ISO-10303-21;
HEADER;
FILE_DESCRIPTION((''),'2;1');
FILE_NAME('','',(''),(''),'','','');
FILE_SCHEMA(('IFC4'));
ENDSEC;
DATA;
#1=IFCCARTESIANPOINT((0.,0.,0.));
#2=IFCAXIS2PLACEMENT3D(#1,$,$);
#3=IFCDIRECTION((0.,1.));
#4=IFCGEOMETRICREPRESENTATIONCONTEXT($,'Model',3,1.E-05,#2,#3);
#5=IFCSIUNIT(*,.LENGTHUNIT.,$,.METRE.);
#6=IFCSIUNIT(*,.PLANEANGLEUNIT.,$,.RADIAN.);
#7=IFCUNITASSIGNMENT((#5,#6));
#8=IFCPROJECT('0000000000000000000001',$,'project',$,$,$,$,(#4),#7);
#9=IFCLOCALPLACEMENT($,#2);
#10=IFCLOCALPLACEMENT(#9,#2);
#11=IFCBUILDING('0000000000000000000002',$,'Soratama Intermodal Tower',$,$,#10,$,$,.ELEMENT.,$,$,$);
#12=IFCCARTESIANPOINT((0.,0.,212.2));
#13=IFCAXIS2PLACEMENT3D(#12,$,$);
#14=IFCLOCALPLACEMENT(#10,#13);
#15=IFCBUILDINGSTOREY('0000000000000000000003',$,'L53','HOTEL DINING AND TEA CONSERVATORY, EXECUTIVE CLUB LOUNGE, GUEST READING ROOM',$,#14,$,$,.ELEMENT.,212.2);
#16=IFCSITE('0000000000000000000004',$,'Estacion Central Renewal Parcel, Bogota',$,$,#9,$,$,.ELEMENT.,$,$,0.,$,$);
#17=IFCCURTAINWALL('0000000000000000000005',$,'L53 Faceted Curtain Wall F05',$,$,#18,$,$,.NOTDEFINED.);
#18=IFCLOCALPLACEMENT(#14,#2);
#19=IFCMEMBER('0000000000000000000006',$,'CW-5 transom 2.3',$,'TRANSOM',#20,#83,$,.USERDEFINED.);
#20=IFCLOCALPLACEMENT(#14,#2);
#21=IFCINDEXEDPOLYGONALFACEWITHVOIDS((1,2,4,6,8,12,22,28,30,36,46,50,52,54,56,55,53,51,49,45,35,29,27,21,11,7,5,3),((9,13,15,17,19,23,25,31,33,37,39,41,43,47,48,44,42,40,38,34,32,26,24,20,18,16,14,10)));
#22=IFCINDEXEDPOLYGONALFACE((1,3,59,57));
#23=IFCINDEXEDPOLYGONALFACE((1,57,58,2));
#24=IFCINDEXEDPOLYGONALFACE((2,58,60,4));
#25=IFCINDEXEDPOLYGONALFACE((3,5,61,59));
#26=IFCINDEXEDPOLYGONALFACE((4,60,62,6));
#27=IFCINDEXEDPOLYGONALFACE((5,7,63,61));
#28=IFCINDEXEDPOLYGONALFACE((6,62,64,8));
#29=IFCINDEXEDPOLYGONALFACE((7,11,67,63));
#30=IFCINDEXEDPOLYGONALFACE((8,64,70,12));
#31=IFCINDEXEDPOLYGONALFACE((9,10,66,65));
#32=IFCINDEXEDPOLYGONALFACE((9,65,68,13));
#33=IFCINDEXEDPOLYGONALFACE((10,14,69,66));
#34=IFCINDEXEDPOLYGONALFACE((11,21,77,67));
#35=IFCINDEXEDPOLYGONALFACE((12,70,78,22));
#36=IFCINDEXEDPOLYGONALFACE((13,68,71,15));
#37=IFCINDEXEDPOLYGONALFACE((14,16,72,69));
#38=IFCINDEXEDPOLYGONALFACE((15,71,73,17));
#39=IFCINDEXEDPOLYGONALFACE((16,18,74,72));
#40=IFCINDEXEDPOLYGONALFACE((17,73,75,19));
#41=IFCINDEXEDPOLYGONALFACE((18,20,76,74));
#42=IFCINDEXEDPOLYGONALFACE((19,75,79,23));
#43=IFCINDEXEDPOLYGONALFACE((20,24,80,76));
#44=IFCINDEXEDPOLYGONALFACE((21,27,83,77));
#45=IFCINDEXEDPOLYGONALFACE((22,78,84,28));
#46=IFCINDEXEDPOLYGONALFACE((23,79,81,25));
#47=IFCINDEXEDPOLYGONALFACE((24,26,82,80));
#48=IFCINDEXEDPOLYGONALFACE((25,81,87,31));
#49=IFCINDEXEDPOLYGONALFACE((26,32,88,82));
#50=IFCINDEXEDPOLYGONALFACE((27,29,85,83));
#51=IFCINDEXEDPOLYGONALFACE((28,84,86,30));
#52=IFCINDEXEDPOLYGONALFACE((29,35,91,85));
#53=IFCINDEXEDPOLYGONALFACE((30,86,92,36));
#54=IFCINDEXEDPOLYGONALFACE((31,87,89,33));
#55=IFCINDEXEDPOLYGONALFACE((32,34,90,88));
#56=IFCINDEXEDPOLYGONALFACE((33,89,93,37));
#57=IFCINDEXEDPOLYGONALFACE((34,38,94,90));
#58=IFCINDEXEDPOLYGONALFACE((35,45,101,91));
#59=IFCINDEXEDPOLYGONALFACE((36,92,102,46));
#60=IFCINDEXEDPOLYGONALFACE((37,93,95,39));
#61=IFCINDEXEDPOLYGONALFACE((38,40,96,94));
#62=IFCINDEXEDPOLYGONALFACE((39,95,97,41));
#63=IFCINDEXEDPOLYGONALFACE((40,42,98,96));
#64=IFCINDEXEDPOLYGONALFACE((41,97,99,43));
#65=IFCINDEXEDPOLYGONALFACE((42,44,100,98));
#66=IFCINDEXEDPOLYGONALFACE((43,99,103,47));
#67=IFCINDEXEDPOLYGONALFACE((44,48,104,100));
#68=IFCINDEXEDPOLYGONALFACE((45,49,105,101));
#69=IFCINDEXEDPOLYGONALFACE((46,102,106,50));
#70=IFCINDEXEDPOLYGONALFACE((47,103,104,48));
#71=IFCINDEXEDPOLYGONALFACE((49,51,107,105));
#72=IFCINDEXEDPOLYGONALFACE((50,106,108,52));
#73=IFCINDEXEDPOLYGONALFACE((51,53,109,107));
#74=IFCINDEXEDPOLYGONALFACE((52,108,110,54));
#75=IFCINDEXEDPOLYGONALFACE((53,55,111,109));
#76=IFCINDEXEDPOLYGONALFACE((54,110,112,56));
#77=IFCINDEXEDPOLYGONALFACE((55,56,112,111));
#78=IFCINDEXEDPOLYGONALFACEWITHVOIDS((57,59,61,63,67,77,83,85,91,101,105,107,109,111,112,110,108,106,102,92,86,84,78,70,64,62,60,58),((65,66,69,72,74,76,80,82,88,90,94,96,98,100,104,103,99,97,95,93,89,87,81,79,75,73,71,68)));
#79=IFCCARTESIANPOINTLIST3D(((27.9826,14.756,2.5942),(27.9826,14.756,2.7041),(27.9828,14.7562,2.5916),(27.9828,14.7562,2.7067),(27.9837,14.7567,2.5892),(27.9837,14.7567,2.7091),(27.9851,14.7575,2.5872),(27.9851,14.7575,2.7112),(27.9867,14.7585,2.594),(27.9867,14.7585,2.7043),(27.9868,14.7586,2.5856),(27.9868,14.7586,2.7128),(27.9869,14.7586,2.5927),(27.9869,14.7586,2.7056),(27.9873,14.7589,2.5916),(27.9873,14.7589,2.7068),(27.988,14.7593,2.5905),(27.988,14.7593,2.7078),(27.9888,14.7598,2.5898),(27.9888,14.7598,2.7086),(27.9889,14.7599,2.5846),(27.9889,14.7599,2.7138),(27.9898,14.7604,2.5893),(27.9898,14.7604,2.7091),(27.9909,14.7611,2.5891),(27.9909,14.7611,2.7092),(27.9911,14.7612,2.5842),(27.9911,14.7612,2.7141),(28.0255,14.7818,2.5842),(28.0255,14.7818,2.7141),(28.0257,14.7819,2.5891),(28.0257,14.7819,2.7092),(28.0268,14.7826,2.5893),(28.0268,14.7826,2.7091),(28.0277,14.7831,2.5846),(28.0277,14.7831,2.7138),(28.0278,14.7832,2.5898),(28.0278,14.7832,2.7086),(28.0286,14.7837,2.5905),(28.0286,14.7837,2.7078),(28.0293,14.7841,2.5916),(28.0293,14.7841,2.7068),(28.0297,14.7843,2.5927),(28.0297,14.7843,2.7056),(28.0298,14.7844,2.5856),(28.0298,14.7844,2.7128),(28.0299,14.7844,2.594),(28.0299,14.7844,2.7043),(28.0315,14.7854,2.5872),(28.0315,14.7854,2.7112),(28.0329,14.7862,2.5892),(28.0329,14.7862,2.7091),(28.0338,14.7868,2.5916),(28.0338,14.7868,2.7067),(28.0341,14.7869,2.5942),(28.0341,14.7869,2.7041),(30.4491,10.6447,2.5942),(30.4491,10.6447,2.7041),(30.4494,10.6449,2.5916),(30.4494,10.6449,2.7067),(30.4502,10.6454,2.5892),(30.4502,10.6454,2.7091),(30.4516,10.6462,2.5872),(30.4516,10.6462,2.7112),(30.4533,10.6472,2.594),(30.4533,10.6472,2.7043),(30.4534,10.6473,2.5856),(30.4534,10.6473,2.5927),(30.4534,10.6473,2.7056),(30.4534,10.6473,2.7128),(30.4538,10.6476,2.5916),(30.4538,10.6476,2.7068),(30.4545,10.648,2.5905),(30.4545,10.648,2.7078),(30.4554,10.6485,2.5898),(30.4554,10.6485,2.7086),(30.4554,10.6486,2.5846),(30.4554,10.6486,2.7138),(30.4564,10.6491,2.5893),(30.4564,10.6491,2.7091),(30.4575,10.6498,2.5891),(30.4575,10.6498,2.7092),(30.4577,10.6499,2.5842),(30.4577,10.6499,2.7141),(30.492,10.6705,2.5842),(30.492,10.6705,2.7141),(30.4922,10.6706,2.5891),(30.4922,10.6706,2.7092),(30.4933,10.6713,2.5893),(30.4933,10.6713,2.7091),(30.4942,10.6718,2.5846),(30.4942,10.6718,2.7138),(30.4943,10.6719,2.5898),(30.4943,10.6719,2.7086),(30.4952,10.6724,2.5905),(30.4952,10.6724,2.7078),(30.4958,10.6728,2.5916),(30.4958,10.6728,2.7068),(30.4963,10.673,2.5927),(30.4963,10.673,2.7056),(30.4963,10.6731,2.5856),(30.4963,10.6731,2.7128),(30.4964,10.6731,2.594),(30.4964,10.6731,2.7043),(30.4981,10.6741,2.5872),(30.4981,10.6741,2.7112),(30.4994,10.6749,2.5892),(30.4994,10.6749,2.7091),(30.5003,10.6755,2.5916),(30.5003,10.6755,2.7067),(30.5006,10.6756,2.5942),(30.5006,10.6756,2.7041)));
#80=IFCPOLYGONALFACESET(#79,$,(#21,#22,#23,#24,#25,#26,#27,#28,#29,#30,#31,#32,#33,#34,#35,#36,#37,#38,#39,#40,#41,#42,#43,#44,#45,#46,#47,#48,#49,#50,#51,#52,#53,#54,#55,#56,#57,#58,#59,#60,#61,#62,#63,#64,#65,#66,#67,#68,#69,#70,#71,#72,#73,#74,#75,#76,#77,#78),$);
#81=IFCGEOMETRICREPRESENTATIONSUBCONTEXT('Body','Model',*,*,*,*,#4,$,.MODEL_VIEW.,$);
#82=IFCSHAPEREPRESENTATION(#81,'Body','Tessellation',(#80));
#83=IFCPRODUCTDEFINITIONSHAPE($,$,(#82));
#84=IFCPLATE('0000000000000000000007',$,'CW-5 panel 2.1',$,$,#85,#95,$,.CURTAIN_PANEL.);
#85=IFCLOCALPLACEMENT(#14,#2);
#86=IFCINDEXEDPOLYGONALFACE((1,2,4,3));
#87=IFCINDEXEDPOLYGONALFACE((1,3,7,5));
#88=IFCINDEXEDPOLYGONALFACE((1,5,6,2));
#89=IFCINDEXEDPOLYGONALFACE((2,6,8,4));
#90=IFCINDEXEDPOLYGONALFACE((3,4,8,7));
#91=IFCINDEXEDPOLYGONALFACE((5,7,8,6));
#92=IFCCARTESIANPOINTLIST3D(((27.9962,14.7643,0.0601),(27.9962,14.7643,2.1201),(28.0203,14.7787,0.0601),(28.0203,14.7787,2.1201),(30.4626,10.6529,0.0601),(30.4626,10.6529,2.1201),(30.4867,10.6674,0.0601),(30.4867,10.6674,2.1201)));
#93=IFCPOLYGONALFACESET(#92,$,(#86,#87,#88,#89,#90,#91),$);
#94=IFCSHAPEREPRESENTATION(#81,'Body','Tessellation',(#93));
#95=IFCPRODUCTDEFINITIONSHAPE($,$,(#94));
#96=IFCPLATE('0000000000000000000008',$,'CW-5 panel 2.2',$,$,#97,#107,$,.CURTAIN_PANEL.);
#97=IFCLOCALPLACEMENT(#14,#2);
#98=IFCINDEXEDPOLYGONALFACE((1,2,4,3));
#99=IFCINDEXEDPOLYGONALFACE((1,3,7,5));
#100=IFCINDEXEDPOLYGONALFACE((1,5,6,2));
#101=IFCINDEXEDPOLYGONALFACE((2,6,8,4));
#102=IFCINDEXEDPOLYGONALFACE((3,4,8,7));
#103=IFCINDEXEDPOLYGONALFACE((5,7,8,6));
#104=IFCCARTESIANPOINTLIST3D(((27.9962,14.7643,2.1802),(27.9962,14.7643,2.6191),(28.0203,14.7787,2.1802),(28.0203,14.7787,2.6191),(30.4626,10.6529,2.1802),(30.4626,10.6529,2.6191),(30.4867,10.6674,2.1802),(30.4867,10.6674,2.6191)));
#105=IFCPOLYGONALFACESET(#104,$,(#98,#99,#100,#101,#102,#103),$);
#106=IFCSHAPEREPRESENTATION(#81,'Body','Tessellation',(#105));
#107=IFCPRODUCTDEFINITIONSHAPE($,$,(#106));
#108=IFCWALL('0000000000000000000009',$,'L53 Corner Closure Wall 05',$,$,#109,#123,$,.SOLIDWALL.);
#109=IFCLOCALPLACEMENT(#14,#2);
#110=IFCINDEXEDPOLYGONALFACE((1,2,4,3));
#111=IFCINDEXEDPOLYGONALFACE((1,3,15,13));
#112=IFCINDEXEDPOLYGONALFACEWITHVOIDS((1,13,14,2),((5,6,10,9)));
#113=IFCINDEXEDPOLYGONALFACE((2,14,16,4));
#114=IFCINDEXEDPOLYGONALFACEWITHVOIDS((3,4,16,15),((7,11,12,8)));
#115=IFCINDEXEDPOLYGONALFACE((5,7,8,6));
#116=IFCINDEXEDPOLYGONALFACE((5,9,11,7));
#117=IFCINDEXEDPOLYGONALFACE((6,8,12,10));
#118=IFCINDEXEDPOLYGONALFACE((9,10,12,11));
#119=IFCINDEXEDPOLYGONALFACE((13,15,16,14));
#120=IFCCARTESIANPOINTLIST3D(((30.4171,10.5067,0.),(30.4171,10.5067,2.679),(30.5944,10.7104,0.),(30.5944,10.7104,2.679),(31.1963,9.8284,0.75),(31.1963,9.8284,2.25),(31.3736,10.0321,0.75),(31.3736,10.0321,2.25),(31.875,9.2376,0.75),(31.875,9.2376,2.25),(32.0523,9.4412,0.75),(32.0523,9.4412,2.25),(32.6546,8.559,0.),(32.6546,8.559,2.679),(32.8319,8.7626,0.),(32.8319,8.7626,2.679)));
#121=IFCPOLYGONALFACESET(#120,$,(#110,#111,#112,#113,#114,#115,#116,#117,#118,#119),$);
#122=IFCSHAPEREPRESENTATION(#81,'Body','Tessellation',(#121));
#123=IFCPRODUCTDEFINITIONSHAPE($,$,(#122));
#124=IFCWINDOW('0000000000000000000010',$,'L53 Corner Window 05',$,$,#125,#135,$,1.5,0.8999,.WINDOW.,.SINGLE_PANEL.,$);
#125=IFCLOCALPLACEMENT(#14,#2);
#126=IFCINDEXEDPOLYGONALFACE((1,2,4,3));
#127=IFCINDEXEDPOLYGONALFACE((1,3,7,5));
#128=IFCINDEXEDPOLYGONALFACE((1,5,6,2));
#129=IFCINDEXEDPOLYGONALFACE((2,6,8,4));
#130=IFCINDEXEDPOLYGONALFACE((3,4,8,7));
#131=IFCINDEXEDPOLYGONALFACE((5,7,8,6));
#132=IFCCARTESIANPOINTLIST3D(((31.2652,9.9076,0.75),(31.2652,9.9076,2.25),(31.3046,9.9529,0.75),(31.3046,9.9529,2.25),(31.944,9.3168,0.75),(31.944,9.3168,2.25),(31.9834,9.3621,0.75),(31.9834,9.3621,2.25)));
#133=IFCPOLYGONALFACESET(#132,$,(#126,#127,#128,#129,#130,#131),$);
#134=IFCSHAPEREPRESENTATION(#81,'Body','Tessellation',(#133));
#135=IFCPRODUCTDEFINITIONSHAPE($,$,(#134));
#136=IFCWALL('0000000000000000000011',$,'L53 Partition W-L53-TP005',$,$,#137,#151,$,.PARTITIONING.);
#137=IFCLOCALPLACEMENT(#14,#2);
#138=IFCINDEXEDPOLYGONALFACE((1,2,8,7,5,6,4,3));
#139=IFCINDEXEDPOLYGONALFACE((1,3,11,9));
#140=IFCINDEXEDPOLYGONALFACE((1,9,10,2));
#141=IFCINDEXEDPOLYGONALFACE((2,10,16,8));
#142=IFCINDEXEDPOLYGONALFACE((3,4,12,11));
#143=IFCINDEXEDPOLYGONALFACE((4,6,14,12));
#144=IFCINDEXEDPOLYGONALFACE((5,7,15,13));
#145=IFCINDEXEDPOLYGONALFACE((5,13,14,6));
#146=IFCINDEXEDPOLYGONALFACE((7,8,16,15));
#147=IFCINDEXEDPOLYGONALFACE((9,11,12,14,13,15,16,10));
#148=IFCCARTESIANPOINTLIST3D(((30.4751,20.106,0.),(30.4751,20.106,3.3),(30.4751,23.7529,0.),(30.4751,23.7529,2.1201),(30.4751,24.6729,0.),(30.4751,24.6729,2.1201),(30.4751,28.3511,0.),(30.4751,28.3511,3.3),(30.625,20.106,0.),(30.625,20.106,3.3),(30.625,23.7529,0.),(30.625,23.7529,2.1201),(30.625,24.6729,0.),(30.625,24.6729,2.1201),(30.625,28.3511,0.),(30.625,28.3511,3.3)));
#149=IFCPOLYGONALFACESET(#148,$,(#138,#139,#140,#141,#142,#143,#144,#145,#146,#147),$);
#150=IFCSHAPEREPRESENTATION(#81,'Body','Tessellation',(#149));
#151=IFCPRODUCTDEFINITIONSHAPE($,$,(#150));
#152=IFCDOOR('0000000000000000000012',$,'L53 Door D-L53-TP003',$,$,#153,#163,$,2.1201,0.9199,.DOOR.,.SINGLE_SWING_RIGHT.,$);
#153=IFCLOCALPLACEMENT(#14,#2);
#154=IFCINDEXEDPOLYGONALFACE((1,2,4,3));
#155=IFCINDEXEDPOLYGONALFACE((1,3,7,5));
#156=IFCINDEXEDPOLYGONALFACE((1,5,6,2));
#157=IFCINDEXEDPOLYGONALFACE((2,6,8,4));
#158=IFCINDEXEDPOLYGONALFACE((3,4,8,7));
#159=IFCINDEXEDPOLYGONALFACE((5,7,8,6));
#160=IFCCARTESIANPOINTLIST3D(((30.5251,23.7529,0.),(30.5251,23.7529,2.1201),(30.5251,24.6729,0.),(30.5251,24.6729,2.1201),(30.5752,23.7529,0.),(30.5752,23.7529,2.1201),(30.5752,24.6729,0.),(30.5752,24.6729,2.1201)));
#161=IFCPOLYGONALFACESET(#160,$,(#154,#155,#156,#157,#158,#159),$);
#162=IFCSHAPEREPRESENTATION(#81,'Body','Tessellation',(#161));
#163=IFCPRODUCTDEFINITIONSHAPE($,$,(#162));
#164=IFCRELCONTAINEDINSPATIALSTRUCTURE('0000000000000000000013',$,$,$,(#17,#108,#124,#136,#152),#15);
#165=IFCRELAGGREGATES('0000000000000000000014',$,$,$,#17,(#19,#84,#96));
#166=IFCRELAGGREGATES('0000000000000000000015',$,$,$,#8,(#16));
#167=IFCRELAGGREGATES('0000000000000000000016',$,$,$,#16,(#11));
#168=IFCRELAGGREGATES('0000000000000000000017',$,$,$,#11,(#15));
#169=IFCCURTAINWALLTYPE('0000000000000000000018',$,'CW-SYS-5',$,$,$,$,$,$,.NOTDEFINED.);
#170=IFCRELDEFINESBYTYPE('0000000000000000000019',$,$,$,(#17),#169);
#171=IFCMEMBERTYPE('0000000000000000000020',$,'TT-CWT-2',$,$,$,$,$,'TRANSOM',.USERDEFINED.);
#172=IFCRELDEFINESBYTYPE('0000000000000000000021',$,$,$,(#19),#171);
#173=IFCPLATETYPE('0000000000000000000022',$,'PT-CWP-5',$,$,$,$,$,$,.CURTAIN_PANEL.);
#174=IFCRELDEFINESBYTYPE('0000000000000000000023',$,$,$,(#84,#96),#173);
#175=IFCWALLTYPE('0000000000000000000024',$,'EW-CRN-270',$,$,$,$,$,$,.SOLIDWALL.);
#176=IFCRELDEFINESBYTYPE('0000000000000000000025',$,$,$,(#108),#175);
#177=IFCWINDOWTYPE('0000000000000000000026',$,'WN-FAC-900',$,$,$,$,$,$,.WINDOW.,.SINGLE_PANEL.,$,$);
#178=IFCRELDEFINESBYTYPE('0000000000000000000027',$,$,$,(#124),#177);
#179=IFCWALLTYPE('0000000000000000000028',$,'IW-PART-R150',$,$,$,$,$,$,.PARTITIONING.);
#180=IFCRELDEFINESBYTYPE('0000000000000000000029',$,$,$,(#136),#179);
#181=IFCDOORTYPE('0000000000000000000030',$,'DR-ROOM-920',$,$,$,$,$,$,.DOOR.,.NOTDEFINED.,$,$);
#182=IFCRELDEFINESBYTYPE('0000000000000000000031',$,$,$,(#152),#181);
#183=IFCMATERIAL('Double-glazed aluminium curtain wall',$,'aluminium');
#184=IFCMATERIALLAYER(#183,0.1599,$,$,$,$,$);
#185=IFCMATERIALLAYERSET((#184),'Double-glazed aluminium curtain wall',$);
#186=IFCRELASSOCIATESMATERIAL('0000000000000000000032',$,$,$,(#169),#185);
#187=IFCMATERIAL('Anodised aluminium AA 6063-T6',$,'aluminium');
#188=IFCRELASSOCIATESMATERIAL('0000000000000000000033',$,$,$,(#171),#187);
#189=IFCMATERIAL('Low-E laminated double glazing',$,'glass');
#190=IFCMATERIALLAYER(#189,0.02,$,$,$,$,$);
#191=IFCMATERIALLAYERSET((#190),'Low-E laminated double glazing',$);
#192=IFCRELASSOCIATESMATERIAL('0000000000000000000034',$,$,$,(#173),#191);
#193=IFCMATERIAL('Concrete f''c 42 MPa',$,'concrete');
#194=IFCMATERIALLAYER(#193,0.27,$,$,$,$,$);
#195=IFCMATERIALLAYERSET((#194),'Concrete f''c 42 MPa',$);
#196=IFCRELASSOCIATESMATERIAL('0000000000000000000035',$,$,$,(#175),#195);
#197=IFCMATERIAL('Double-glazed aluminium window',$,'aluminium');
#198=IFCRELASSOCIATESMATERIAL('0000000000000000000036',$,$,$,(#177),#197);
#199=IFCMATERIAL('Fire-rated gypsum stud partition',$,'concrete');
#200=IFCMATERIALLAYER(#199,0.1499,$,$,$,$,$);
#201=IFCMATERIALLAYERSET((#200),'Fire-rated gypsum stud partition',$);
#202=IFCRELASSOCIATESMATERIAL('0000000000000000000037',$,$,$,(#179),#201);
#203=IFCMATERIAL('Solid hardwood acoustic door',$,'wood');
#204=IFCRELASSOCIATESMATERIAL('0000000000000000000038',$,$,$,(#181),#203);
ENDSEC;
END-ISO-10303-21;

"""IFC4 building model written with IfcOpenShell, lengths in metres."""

from ifc_helpers import new_model, si_unit, direction, frame, frame_2d, origin, origin_2d, place, context, subcontext, project, spatial, rectangle, hollow_rectangle, extrude, material, layer, layer_set, material_profile, profile_set, type_object, element, fill, aggregate, save


model = new_model("IFC4")

# Units and contexts
model_context = context("Model", 3, precision=1e-05, world=origin(), true_north=direction((0.0, 1.0)))
body_context = subcontext(model_context, "Body", "Model", "MODEL_VIEW")
ifc_project = project(units=[si_unit("LENGTHUNIT", "METRE"), si_unit("PLANEANGLEUNIT", "RADIAN")], contexts=[model_context])

# Site, building, storey
site_placement = place(None, origin())
site = spatial("IfcSite", under=ifc_project, at=site_placement, Name="Estacion Central Renewal Parcel, Bogota", CompositionType="ELEMENT", RefElevation=0.0)
building_placement = place(site_placement, origin())
building = spatial("IfcBuilding", under=site, at=building_placement, Name="Soratama Intermodal Tower", CompositionType="ELEMENT")
storey_placement = place(building_placement, frame((0.0, 0.0, 212.2)))
storey = spatial("IfcBuildingStorey", under=building, at=storey_placement, Name="L53", Description="HOTEL DINING AND TEA CONSERVATORY, EXECUTIVE CLUB LOUNGE, GUEST READING ROOM", CompositionType="ELEMENT", Elevation=212.2)

# Curtain wall, member, plates
ifc_material_1 = material(Name="Double-glazed aluminium curtain wall", Category="aluminium")
ifc_layer_1 = layer(ifc_material_1, 0.1599)
ifc_layer_set_1 = layer_set([ifc_layer_1], Name="Double-glazed aluminium curtain wall")
curtain_wall_type = type_object("IfcCurtainWallType", Name="CW-SYS-5", PredefinedType="NOTDEFINED", material=ifc_layer_set_1)
curtain_wall_placement = place(storey_placement, origin())
curtain_wall = element("IfcCurtainWall", 1, at=curtain_wall_placement, inside=storey, type_object=curtain_wall_type, Name="L53 Faceted Curtain Wall F05", PredefinedType="NOTDEFINED")
ifc_material_2 = material(Name="Anodised aluminium AA 6063-T6", Category="aluminium")
ifc_material_profile_1 = material_profile(ifc_material_2, hollow_rectangle(XDim=0.0601, YDim=0.1299, WallThickness=0.0049, InnerFilletRadius=0.0049, OuterFilletRadius=0.01, at=origin_2d()), Name="CWT130X60X5")
ifc_profile_set_1 = profile_set([ifc_material_profile_1], Name="Anodised aluminium AA 6063-T6")
member_type_1 = type_object("IfcMemberType", Name="TT-CWT-2", ElementType="TRANSOM", PredefinedType="USERDEFINED", material=ifc_profile_set_1)
member_1_placement = place(storey_placement, frame((28.0083, 14.7715, 2.6492), z_axis=(0.514458, -0.857515, 0.0), x_axis=(0.857515, 0.514458, 0.0)))
member_1 = element("IfcMember", 2, at=member_1_placement, type_object=member_type_1, Name="CW-5 transom 2.3", ObjectType="TRANSOM", PredefinedType="USERDEFINED", context=body_context, shape_type="SweptSolid", body=[
    extrude(hollow_rectangle(XDim=0.0601, YDim=0.1299, WallThickness=0.0049, InnerFilletRadius=0.0049, OuterFilletRadius=0.01, at=origin_2d()), origin(), (0.0, 0.0, 1.0), 4.7944),
])
ifc_material_3 = material(Name="Low-E laminated double glazing", Category="glass")
ifc_layer_2 = layer(ifc_material_3, 0.02)
ifc_layer_set_2 = layer_set([ifc_layer_2], Name="Low-E laminated double glazing")
plate_type = type_object("IfcPlateType", Name="PT-CWP-5", PredefinedType="CURTAIN_PANEL", material=ifc_layer_set_2)
plate_1_placement = place(storey_placement, frame((29.2415, 12.7158, 0.0601), z_axis=(0.0, 0.0, 1.0), x_axis=(0.514439, -0.857527, 0.0)))
plate_1 = element("IfcPlate", 3, at=plate_1_placement, type_object=plate_type, Name="CW-5 panel 2.1", PredefinedType="CURTAIN_PANEL", context=body_context, shape_type="SweptSolid", body=[
    extrude(rectangle(XDim=4.7944, YDim=0.0281, at=origin_2d()), origin(), (0.0, 0.0, 1.0), 2.0601),
])
plate_2_placement = place(storey_placement, frame((29.2415, 12.7158, 2.1802), z_axis=(0.0, 0.0, 1.0), x_axis=(0.514439, -0.857527, 0.0)))
plate_2 = element("IfcPlate", 4, at=plate_2_placement, type_object=plate_type, Name="CW-5 panel 2.2", PredefinedType="CURTAIN_PANEL", context=body_context, shape_type="SweptSolid", body=[
    extrude(rectangle(XDim=4.7944, YDim=0.0281, at=origin_2d()), origin(), (0.0, 0.0, 1.0), 0.439),
])
aggregate(curtain_wall, [member_1, plate_1, plate_2])

# Wall, opening, window
ifc_material_4 = material(Name="Concrete f'c 42 MPa", Category="concrete")
ifc_layer_3 = layer(ifc_material_4, 0.27)
ifc_layer_set_3 = layer_set([ifc_layer_3], Name="Concrete f'c 42 MPa")
wall_type_1 = type_object("IfcWallType", Name="EW-CRN-270", PredefinedType="SOLIDWALL", material=ifc_layer_set_3)
wall_1_placement = place(storey_placement, frame((30.5056, 10.6086, 0.0), z_axis=(0.0, 0.0, 1.0), x_axis=(0.754262, -0.656574, 0.0)))
wall_1 = element("IfcWall", 5, at=wall_1_placement, inside=storey, type_object=wall_type_1, Name="L53 Corner Closure Wall 05", PredefinedType="SOLIDWALL", context=body_context, shape_type="SweptSolid", body=[
    extrude(rectangle(XDim=2.9666, YDim=0.27, at=frame_2d((1.4834, 0.0))), origin(), (0.0, 0.0, 1.0), 2.679),
])
opening_1_placement = place(wall_1_placement, frame((1.0332, 0.0, 0.75)))
opening_1 = element("IfcOpeningElement", 6, at=opening_1_placement, cuts=wall_1, PredefinedType="OPENING", context=body_context, shape_type="SweptSolid", body=[
    extrude(rectangle(XDim=0.8999, YDim=1.5, at=frame_2d((0.45, 0.75))), frame((0.0, 0.145, 0.0), z_axis=(0.0, -1.0, 0.0), x_axis=(1.0, 0.0, 0.0)), (0.0, 0.0, 1.0), 0.29),
])
ifc_material_5 = material(Name="Double-glazed aluminium window", Category="aluminium")
window_type = type_object("IfcWindowType", Name="WN-FAC-900", PartitioningType="SINGLE_PANEL", PredefinedType="WINDOW", material=ifc_material_5)
window_placement = place(opening_1_placement, origin())
window = element("IfcWindow", 7, at=window_placement, inside=storey, type_object=window_type, Name="L53 Corner Window 05", OverallHeight=1.5, OverallWidth=0.8999, PartitioningType="SINGLE_PANEL", PredefinedType="WINDOW", context=body_context, shape_type="SweptSolid", body=[
    extrude(rectangle(XDim=0.8999, YDim=1.5, at=frame_2d((0.45, 0.75))), frame((0.0, 0.03, 0.0), z_axis=(0.0, -1.0, 0.0), x_axis=(1.0, 0.0, 0.0)), (0.0, 0.0, 1.0), 0.0601),
])
fill(opening_1, window)

# Wall, opening, door
ifc_material_6 = material(Name="Fire-rated gypsum stud partition", Category="concrete")
ifc_layer_4 = layer(ifc_material_6, 0.1499)
ifc_layer_set_4 = layer_set([ifc_layer_4], Name="Fire-rated gypsum stud partition")
wall_type_2 = type_object("IfcWallType", Name="IW-PART-R150", PredefinedType="PARTITIONING", material=ifc_layer_set_4)
wall_2_placement = place(storey_placement, frame((30.55, 20.106, 0.0), z_axis=(0.0, 0.0, 1.0), x_axis=(0.0, 1.0, 0.0)))
wall_2 = element("IfcWall", 8, at=wall_2_placement, inside=storey, type_object=wall_type_2, Name="L53 Partition W-L53-TP005", PredefinedType="PARTITIONING", context=body_context, shape_type="SweptSolid", body=[
    extrude(rectangle(XDim=8.2451, YDim=0.1499, at=frame_2d((4.1226, 0.0))), origin(), (0.0, 0.0, 1.0), 3.3),
])
opening_2_placement = place(wall_2_placement, frame((3.647, 0.0, 0.0)))
opening_2 = element("IfcOpeningElement", 9, at=opening_2_placement, cuts=wall_2, PredefinedType="OPENING", context=body_context, shape_type="SweptSolid", body=[
    extrude(rectangle(XDim=0.9199, YDim=2.1201, at=frame_2d((0.46, 1.0601))), frame((0.0, 0.085, 0.0), z_axis=(0.0, -1.0, 0.0), x_axis=(1.0, 0.0, 0.0)), (0.0, 0.0, 1.0), 0.1699),
])
ifc_material_7 = material(Name="Solid hardwood acoustic door", Category="wood")
door_type = type_object("IfcDoorType", Name="DR-ROOM-920", OperationType="NOTDEFINED", PredefinedType="DOOR", material=ifc_material_7)
door_1_placement = place(opening_2_placement, origin())
door_1 = element("IfcDoor", 10, at=door_1_placement, inside=storey, type_object=door_type, Name="L53 Door D-L53-TP003", OperationType="SINGLE_SWING_RIGHT", OverallHeight=2.1201, OverallWidth=0.9199, PredefinedType="DOOR", context=body_context, shape_type="SweptSolid", body=[
    extrude(rectangle(XDim=0.9199, YDim=2.1201, at=frame_2d((0.46, 1.0601))), frame((0.0, 0.0249, 0.0), z_axis=(0.0, -1.0, 0.0), x_axis=(1.0, 0.0, 0.0)), (0.0, 0.0, 1.0), 0.05),
])
fill(opening_2, door_1)

save(model, "model.ifc")
